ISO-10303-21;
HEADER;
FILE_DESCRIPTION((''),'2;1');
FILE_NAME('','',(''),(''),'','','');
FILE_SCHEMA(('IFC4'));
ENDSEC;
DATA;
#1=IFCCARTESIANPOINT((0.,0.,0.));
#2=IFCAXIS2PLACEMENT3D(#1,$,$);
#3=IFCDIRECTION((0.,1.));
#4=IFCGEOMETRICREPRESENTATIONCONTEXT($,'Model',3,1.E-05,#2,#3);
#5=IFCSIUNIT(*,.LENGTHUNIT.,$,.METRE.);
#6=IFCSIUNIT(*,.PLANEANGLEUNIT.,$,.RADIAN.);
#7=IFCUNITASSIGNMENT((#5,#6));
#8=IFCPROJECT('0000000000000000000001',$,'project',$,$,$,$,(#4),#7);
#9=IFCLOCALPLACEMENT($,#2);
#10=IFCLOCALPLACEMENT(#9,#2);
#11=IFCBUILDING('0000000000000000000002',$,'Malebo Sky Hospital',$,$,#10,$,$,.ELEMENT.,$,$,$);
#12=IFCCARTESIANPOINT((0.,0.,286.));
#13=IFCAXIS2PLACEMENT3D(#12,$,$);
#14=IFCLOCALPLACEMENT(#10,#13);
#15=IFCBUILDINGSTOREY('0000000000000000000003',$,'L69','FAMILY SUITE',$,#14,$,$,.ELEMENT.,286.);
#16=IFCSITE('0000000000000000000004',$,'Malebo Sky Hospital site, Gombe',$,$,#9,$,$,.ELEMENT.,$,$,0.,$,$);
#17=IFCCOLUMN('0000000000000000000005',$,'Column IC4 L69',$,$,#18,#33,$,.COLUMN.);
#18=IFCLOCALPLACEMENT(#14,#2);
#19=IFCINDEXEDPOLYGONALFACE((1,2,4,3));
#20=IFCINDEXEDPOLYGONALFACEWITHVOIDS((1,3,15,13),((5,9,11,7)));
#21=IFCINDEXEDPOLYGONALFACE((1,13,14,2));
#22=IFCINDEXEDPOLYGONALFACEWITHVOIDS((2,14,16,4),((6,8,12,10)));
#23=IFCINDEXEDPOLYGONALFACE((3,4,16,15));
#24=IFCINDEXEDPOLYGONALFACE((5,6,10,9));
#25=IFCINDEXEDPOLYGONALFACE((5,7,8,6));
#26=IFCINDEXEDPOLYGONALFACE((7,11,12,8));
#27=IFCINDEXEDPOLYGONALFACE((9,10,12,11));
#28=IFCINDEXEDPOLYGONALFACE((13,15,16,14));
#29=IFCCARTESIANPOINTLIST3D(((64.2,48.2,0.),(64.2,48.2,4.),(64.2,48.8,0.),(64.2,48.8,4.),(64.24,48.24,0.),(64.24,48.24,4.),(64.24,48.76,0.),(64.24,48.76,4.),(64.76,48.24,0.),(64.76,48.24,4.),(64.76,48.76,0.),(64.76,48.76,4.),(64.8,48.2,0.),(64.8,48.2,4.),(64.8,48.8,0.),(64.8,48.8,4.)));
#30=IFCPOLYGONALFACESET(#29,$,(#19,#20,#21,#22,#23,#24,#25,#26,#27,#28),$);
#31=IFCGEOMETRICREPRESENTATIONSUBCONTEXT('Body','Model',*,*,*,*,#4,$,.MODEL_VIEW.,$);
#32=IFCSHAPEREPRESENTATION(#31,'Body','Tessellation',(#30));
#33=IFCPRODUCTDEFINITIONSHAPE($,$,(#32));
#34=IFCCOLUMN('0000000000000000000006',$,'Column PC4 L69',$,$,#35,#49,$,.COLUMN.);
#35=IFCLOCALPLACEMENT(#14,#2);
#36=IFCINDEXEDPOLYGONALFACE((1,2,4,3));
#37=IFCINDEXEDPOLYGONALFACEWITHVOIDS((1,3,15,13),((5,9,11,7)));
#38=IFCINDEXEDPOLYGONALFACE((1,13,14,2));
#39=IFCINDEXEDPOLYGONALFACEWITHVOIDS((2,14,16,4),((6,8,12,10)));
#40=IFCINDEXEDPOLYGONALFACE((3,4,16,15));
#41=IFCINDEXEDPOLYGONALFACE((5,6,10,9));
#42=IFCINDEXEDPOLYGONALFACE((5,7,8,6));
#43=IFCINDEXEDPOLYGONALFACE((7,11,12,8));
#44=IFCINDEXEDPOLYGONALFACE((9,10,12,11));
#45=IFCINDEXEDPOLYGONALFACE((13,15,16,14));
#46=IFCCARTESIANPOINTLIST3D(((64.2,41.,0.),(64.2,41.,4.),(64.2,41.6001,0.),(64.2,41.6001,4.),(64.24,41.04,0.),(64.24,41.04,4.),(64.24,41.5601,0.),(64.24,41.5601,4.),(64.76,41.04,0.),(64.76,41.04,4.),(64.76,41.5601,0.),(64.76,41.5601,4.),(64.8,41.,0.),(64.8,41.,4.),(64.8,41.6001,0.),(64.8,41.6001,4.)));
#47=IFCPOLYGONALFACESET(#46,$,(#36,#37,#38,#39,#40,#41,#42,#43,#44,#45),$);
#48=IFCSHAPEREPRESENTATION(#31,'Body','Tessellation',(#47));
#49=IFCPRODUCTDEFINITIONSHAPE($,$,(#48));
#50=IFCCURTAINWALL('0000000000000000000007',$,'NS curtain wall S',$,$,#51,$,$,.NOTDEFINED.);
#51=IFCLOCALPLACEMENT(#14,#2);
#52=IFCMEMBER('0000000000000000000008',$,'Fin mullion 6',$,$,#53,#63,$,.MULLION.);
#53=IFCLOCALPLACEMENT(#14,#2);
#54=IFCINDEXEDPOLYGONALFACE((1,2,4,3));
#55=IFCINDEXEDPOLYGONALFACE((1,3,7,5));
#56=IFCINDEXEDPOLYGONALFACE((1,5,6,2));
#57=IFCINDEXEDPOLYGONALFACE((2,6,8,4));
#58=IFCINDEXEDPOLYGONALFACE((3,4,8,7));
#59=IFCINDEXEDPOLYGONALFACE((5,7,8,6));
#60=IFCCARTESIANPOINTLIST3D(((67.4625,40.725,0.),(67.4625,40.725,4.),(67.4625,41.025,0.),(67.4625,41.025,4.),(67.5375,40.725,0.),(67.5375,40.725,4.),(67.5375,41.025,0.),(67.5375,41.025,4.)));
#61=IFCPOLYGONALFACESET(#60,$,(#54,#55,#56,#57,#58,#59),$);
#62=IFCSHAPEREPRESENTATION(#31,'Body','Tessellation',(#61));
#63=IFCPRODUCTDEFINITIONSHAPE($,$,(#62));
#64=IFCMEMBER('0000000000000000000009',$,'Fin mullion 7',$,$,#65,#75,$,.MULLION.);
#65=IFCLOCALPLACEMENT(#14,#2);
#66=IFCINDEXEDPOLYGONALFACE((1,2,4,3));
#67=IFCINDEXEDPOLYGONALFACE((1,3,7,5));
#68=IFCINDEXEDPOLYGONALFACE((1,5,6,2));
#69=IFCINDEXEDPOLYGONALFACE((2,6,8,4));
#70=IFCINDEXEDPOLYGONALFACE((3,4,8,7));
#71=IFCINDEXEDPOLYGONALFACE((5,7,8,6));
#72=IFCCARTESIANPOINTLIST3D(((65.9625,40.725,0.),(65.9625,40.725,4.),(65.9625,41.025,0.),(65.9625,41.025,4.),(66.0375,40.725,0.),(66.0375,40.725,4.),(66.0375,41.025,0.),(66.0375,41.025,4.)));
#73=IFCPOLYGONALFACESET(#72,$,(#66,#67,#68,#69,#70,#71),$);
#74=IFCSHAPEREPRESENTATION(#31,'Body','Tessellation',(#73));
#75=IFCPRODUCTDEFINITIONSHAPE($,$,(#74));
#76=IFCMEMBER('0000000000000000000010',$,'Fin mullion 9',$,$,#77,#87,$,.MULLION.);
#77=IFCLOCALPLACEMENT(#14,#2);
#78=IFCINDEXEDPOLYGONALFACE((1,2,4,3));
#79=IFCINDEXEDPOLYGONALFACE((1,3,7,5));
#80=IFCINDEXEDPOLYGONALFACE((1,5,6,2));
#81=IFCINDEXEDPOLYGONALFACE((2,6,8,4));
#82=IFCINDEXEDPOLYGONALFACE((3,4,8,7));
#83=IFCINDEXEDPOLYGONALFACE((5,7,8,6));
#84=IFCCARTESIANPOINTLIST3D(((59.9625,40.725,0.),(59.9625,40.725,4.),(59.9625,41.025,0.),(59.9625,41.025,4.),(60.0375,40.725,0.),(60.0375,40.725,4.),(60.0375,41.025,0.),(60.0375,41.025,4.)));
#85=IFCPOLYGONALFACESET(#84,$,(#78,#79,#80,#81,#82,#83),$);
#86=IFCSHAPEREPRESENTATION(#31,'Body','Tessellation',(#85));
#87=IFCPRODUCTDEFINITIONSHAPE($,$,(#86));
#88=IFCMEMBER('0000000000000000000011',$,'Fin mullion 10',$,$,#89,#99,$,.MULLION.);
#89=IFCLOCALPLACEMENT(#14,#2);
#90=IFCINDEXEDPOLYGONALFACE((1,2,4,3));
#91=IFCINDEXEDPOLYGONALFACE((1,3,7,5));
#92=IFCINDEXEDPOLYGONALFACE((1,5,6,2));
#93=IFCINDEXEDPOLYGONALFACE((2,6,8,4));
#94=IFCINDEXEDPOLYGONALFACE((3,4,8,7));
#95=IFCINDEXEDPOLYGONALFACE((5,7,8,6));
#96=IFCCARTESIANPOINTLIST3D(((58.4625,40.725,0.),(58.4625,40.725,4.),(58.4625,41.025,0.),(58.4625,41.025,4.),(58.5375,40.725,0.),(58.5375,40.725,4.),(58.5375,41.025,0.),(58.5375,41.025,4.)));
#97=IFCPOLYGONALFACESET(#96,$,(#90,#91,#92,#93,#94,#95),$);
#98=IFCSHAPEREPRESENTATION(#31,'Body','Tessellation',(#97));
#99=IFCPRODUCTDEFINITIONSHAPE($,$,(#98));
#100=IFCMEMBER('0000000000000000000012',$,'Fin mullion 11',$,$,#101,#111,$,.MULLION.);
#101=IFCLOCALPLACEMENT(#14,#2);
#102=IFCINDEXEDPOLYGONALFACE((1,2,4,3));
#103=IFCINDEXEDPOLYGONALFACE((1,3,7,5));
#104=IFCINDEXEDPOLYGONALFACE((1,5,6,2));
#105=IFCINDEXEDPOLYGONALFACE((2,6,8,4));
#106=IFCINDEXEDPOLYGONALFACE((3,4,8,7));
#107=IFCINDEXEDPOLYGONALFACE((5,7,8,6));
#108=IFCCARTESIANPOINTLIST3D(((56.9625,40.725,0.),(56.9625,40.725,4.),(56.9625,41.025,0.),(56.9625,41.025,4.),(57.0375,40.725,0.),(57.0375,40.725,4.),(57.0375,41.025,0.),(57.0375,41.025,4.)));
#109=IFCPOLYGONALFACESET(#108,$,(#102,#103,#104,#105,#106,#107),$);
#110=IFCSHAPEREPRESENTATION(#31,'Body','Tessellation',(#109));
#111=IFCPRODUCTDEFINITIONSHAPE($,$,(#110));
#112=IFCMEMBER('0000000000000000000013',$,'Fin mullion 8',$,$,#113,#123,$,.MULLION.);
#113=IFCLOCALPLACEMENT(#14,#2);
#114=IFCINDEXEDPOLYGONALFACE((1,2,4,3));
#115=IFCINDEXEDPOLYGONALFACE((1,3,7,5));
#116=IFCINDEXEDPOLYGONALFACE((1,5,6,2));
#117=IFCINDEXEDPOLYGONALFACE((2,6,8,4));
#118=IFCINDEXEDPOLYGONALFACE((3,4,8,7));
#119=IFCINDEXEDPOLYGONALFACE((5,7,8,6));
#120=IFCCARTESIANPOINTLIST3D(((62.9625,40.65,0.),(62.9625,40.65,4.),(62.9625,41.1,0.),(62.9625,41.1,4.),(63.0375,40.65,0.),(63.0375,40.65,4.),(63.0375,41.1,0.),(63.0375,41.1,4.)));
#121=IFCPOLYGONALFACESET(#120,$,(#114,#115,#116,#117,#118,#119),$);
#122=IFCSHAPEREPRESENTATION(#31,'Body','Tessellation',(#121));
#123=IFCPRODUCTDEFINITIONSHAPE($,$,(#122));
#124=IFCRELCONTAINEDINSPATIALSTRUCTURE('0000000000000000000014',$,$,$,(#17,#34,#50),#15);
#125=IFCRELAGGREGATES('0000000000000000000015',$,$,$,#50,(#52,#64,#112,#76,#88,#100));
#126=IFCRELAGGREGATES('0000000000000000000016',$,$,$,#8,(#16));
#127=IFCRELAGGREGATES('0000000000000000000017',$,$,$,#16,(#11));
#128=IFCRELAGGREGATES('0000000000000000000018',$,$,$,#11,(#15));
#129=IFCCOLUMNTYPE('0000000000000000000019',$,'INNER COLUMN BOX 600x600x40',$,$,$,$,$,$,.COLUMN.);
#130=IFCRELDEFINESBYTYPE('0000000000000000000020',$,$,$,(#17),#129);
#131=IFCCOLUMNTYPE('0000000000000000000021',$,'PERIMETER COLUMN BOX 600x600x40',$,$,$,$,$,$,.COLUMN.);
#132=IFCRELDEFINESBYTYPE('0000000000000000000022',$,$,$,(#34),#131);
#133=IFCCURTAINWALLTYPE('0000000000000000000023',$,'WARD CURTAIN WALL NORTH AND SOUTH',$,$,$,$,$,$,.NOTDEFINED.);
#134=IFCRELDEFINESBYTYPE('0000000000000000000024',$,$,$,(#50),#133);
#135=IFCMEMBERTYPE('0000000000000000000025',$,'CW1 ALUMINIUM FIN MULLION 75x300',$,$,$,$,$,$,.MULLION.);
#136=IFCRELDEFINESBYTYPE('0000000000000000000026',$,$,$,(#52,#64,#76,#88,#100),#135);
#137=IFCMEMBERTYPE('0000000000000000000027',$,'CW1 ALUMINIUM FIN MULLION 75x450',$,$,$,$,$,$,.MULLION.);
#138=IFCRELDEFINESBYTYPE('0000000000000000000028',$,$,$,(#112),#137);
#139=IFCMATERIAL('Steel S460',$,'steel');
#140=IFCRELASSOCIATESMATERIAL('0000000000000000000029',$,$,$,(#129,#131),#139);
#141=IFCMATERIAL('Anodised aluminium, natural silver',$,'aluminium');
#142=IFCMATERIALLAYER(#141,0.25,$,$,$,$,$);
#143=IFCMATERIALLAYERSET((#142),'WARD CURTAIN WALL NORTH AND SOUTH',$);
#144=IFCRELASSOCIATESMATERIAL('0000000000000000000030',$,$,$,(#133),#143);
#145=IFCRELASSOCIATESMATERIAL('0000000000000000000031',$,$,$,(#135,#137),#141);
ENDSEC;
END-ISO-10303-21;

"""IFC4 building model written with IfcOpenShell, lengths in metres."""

from ifc_helpers import new_model, si_unit, direction, frame, origin, origin_2d, place, context, subcontext, project, spatial, rectangle, hollow_rectangle, extrude, material, layer, layer_set, material_profile, profile_set, type_object, element, aggregate, save


model = new_model("IFC4")

# Units and contexts
model_context = context("Model", 3, precision=1e-05, world=origin(), true_north=direction((0.0, 1.0)))
body_context = subcontext(model_context, "Body", "Model", "MODEL_VIEW")
ifc_project = project(units=[si_unit("LENGTHUNIT", "METRE"), si_unit("PLANEANGLEUNIT", "RADIAN")], contexts=[model_context])

# Site, building, storey
site_placement = place(None, origin())
site = spatial("IfcSite", under=ifc_project, at=site_placement, Name="Malebo Sky Hospital site, Gombe", CompositionType="ELEMENT", RefElevation=0.0)
building_placement = place(site_placement, origin())
building = spatial("IfcBuilding", under=site, at=building_placement, Name="Malebo Sky Hospital", CompositionType="ELEMENT")
storey_placement = place(building_placement, frame((0.0, 0.0, 286.0)))
storey = spatial("IfcBuildingStorey", under=building, at=storey_placement, Name="L69", Description="FAMILY SUITE", CompositionType="ELEMENT", Elevation=286.0)

# Columns
ifc_material_1 = material(Name="Steel S460", Category="steel")
ifc_material_profile_1 = material_profile(ifc_material_1, hollow_rectangle(XDim=0.6001, YDim=0.6001, WallThickness=0.04, at=origin_2d()), Name="BOX 600x600x40")
ifc_profile_set_1 = profile_set([ifc_material_profile_1], Name="Steel S460")
column_type_1 = type_object("IfcColumnType", Name="INNER COLUMN BOX 600x600x40", PredefinedType="COLUMN", material=ifc_profile_set_1)
column_1_placement = place(storey_placement, frame((64.5, 48.5, 0.0), z_axis=(0.0, 0.0, 1.0), x_axis=(1.0, 0.0, 0.0)))
element("IfcColumn", 1, at=column_1_placement, inside=storey, type_object=column_type_1, Name="Column IC4 L69", PredefinedType="COLUMN", context=body_context, shape_type="SweptSolid", body=[
    extrude(hollow_rectangle(XDim=0.6001, YDim=0.6001, WallThickness=0.04, at=origin_2d()), origin(), (0.0, 0.0, 1.0), 4.0),
])
ifc_material_profile_2 = material_profile(ifc_material_1, hollow_rectangle(XDim=0.6001, YDim=0.6001, WallThickness=0.04, at=origin_2d()), Name="BOX 600x600x40")
ifc_profile_set_2 = profile_set([ifc_material_profile_2], Name="Steel S460")
column_type_2 = type_object("IfcColumnType", Name="PERIMETER COLUMN BOX 600x600x40", PredefinedType="COLUMN", material=ifc_profile_set_2)
column_2_placement = place(storey_placement, frame((64.5, 41.3, 0.0), z_axis=(0.0, 0.0, 1.0), x_axis=(1.0, 0.0, 0.0)))
element("IfcColumn", 2, at=column_2_placement, inside=storey, type_object=column_type_2, Name="Column PC4 L69", PredefinedType="COLUMN", context=body_context, shape_type="SweptSolid", body=[
    extrude(hollow_rectangle(XDim=0.6001, YDim=0.6001, WallThickness=0.04, at=origin_2d()), origin(), (0.0, 0.0, 1.0), 4.0),
])

# Curtain wall, members
ifc_material_2 = material(Name="Anodised aluminium, natural silver", Category="aluminium")
ifc_layer_1 = layer(ifc_material_2, 0.25)
ifc_layer_set_1 = layer_set([ifc_layer_1], Name="WARD CURTAIN WALL NORTH AND SOUTH")
curtain_wall_type = type_object("IfcCurtainWallType", Name="WARD CURTAIN WALL NORTH AND SOUTH", PredefinedType="NOTDEFINED", material=ifc_layer_set_1)
curtain_wall_placement = place(storey_placement, origin())
curtain_wall = element("IfcCurtainWall", 3, at=curtain_wall_placement, inside=storey, type_object=curtain_wall_type, Name="NS curtain wall S", PredefinedType="NOTDEFINED")
ifc_material_profile_3 = material_profile(ifc_material_2, rectangle(XDim=0.075, YDim=0.3, at=origin_2d()), Name="CW1 ALUMINIUM FIN MULLION 75x300")
ifc_profile_set_3 = profile_set([ifc_material_profile_3], Name="Anodised aluminium, natural silver")
member_type_1 = type_object("IfcMemberType", Name="CW1 ALUMINIUM FIN MULLION 75x300", PredefinedType="MULLION", material=ifc_profile_set_3)
member_1_placement = place(storey_placement, frame((67.5, 40.875, 0.0), z_axis=(0.0, 0.0, 1.0), x_axis=(-1.0, 0.0, 0.0)))
member_1 = element("IfcMember", 4, at=member_1_placement, type_object=member_type_1, Name="Fin mullion 6", PredefinedType="MULLION", context=body_context, shape_type="SweptSolid", body=[
    extrude(rectangle(XDim=0.075, YDim=0.3, at=origin_2d()), origin(), (0.0, 0.0, 1.0), 4.0),
])
member_2_placement = place(storey_placement, frame((66.0, 40.875, 0.0), z_axis=(0.0, 0.0, 1.0), x_axis=(-1.0, 0.0, 0.0)))
member_2 = element("IfcMember", 5, at=member_2_placement, type_object=member_type_1, Name="Fin mullion 7", PredefinedType="MULLION", context=body_context, shape_type="SweptSolid", body=[
    extrude(rectangle(XDim=0.075, YDim=0.3, at=origin_2d()), origin(), (0.0, 0.0, 1.0), 4.0),
])
member_3_placement = place(storey_placement, frame((60.0, 40.875, 0.0), z_axis=(0.0, 0.0, 1.0), x_axis=(-1.0, 0.0, 0.0)))
member_3 = element("IfcMember", 6, at=member_3_placement, type_object=member_type_1, Name="Fin mullion 9", PredefinedType="MULLION", context=body_context, shape_type="SweptSolid", body=[
    extrude(rectangle(XDim=0.075, YDim=0.3, at=origin_2d()), origin(), (0.0, 0.0, 1.0), 4.0),
])
member_4_placement = place(storey_placement, frame((58.5, 40.875, 0.0), z_axis=(0.0, 0.0, 1.0), x_axis=(-1.0, 0.0, 0.0)))
member_4 = element("IfcMember", 7, at=member_4_placement, type_object=member_type_1, Name="Fin mullion 10", PredefinedType="MULLION", context=body_context, shape_type="SweptSolid", body=[
    extrude(rectangle(XDim=0.075, YDim=0.3, at=origin_2d()), origin(), (0.0, 0.0, 1.0), 4.0),
])
member_5_placement = place(storey_placement, frame((57.0, 40.875, 0.0), z_axis=(0.0, 0.0, 1.0), x_axis=(-1.0, 0.0, 0.0)))
member_5 = element("IfcMember", 8, at=member_5_placement, type_object=member_type_1, Name="Fin mullion 11", PredefinedType="MULLION", context=body_context, shape_type="SweptSolid", body=[
    extrude(rectangle(XDim=0.075, YDim=0.3, at=origin_2d()), origin(), (0.0, 0.0, 1.0), 4.0),
])
ifc_material_profile_4 = material_profile(ifc_material_2, rectangle(XDim=0.075, YDim=0.45, at=origin_2d()), Name="CW1 ALUMINIUM FIN MULLION 75x450")
ifc_profile_set_4 = profile_set([ifc_material_profile_4], Name="Anodised aluminium, natural silver")
member_type_2 = type_object("IfcMemberType", Name="CW1 ALUMINIUM FIN MULLION 75x450", PredefinedType="MULLION", material=ifc_profile_set_4)
member_6_placement = place(storey_placement, frame((63.0, 40.875, 0.0), z_axis=(0.0, 0.0, 1.0), x_axis=(-1.0, 0.0, 0.0)))
member_6 = element("IfcMember", 9, at=member_6_placement, type_object=member_type_2, Name="Fin mullion 8", PredefinedType="MULLION", context=body_context, shape_type="SweptSolid", body=[
    extrude(rectangle(XDim=0.075, YDim=0.45, at=origin_2d()), origin(), (0.0, 0.0, 1.0), 4.0),
])
aggregate(curtain_wall, [member_1, member_2, member_6, member_3, member_4, member_5])

save(model, "model.ifc")
